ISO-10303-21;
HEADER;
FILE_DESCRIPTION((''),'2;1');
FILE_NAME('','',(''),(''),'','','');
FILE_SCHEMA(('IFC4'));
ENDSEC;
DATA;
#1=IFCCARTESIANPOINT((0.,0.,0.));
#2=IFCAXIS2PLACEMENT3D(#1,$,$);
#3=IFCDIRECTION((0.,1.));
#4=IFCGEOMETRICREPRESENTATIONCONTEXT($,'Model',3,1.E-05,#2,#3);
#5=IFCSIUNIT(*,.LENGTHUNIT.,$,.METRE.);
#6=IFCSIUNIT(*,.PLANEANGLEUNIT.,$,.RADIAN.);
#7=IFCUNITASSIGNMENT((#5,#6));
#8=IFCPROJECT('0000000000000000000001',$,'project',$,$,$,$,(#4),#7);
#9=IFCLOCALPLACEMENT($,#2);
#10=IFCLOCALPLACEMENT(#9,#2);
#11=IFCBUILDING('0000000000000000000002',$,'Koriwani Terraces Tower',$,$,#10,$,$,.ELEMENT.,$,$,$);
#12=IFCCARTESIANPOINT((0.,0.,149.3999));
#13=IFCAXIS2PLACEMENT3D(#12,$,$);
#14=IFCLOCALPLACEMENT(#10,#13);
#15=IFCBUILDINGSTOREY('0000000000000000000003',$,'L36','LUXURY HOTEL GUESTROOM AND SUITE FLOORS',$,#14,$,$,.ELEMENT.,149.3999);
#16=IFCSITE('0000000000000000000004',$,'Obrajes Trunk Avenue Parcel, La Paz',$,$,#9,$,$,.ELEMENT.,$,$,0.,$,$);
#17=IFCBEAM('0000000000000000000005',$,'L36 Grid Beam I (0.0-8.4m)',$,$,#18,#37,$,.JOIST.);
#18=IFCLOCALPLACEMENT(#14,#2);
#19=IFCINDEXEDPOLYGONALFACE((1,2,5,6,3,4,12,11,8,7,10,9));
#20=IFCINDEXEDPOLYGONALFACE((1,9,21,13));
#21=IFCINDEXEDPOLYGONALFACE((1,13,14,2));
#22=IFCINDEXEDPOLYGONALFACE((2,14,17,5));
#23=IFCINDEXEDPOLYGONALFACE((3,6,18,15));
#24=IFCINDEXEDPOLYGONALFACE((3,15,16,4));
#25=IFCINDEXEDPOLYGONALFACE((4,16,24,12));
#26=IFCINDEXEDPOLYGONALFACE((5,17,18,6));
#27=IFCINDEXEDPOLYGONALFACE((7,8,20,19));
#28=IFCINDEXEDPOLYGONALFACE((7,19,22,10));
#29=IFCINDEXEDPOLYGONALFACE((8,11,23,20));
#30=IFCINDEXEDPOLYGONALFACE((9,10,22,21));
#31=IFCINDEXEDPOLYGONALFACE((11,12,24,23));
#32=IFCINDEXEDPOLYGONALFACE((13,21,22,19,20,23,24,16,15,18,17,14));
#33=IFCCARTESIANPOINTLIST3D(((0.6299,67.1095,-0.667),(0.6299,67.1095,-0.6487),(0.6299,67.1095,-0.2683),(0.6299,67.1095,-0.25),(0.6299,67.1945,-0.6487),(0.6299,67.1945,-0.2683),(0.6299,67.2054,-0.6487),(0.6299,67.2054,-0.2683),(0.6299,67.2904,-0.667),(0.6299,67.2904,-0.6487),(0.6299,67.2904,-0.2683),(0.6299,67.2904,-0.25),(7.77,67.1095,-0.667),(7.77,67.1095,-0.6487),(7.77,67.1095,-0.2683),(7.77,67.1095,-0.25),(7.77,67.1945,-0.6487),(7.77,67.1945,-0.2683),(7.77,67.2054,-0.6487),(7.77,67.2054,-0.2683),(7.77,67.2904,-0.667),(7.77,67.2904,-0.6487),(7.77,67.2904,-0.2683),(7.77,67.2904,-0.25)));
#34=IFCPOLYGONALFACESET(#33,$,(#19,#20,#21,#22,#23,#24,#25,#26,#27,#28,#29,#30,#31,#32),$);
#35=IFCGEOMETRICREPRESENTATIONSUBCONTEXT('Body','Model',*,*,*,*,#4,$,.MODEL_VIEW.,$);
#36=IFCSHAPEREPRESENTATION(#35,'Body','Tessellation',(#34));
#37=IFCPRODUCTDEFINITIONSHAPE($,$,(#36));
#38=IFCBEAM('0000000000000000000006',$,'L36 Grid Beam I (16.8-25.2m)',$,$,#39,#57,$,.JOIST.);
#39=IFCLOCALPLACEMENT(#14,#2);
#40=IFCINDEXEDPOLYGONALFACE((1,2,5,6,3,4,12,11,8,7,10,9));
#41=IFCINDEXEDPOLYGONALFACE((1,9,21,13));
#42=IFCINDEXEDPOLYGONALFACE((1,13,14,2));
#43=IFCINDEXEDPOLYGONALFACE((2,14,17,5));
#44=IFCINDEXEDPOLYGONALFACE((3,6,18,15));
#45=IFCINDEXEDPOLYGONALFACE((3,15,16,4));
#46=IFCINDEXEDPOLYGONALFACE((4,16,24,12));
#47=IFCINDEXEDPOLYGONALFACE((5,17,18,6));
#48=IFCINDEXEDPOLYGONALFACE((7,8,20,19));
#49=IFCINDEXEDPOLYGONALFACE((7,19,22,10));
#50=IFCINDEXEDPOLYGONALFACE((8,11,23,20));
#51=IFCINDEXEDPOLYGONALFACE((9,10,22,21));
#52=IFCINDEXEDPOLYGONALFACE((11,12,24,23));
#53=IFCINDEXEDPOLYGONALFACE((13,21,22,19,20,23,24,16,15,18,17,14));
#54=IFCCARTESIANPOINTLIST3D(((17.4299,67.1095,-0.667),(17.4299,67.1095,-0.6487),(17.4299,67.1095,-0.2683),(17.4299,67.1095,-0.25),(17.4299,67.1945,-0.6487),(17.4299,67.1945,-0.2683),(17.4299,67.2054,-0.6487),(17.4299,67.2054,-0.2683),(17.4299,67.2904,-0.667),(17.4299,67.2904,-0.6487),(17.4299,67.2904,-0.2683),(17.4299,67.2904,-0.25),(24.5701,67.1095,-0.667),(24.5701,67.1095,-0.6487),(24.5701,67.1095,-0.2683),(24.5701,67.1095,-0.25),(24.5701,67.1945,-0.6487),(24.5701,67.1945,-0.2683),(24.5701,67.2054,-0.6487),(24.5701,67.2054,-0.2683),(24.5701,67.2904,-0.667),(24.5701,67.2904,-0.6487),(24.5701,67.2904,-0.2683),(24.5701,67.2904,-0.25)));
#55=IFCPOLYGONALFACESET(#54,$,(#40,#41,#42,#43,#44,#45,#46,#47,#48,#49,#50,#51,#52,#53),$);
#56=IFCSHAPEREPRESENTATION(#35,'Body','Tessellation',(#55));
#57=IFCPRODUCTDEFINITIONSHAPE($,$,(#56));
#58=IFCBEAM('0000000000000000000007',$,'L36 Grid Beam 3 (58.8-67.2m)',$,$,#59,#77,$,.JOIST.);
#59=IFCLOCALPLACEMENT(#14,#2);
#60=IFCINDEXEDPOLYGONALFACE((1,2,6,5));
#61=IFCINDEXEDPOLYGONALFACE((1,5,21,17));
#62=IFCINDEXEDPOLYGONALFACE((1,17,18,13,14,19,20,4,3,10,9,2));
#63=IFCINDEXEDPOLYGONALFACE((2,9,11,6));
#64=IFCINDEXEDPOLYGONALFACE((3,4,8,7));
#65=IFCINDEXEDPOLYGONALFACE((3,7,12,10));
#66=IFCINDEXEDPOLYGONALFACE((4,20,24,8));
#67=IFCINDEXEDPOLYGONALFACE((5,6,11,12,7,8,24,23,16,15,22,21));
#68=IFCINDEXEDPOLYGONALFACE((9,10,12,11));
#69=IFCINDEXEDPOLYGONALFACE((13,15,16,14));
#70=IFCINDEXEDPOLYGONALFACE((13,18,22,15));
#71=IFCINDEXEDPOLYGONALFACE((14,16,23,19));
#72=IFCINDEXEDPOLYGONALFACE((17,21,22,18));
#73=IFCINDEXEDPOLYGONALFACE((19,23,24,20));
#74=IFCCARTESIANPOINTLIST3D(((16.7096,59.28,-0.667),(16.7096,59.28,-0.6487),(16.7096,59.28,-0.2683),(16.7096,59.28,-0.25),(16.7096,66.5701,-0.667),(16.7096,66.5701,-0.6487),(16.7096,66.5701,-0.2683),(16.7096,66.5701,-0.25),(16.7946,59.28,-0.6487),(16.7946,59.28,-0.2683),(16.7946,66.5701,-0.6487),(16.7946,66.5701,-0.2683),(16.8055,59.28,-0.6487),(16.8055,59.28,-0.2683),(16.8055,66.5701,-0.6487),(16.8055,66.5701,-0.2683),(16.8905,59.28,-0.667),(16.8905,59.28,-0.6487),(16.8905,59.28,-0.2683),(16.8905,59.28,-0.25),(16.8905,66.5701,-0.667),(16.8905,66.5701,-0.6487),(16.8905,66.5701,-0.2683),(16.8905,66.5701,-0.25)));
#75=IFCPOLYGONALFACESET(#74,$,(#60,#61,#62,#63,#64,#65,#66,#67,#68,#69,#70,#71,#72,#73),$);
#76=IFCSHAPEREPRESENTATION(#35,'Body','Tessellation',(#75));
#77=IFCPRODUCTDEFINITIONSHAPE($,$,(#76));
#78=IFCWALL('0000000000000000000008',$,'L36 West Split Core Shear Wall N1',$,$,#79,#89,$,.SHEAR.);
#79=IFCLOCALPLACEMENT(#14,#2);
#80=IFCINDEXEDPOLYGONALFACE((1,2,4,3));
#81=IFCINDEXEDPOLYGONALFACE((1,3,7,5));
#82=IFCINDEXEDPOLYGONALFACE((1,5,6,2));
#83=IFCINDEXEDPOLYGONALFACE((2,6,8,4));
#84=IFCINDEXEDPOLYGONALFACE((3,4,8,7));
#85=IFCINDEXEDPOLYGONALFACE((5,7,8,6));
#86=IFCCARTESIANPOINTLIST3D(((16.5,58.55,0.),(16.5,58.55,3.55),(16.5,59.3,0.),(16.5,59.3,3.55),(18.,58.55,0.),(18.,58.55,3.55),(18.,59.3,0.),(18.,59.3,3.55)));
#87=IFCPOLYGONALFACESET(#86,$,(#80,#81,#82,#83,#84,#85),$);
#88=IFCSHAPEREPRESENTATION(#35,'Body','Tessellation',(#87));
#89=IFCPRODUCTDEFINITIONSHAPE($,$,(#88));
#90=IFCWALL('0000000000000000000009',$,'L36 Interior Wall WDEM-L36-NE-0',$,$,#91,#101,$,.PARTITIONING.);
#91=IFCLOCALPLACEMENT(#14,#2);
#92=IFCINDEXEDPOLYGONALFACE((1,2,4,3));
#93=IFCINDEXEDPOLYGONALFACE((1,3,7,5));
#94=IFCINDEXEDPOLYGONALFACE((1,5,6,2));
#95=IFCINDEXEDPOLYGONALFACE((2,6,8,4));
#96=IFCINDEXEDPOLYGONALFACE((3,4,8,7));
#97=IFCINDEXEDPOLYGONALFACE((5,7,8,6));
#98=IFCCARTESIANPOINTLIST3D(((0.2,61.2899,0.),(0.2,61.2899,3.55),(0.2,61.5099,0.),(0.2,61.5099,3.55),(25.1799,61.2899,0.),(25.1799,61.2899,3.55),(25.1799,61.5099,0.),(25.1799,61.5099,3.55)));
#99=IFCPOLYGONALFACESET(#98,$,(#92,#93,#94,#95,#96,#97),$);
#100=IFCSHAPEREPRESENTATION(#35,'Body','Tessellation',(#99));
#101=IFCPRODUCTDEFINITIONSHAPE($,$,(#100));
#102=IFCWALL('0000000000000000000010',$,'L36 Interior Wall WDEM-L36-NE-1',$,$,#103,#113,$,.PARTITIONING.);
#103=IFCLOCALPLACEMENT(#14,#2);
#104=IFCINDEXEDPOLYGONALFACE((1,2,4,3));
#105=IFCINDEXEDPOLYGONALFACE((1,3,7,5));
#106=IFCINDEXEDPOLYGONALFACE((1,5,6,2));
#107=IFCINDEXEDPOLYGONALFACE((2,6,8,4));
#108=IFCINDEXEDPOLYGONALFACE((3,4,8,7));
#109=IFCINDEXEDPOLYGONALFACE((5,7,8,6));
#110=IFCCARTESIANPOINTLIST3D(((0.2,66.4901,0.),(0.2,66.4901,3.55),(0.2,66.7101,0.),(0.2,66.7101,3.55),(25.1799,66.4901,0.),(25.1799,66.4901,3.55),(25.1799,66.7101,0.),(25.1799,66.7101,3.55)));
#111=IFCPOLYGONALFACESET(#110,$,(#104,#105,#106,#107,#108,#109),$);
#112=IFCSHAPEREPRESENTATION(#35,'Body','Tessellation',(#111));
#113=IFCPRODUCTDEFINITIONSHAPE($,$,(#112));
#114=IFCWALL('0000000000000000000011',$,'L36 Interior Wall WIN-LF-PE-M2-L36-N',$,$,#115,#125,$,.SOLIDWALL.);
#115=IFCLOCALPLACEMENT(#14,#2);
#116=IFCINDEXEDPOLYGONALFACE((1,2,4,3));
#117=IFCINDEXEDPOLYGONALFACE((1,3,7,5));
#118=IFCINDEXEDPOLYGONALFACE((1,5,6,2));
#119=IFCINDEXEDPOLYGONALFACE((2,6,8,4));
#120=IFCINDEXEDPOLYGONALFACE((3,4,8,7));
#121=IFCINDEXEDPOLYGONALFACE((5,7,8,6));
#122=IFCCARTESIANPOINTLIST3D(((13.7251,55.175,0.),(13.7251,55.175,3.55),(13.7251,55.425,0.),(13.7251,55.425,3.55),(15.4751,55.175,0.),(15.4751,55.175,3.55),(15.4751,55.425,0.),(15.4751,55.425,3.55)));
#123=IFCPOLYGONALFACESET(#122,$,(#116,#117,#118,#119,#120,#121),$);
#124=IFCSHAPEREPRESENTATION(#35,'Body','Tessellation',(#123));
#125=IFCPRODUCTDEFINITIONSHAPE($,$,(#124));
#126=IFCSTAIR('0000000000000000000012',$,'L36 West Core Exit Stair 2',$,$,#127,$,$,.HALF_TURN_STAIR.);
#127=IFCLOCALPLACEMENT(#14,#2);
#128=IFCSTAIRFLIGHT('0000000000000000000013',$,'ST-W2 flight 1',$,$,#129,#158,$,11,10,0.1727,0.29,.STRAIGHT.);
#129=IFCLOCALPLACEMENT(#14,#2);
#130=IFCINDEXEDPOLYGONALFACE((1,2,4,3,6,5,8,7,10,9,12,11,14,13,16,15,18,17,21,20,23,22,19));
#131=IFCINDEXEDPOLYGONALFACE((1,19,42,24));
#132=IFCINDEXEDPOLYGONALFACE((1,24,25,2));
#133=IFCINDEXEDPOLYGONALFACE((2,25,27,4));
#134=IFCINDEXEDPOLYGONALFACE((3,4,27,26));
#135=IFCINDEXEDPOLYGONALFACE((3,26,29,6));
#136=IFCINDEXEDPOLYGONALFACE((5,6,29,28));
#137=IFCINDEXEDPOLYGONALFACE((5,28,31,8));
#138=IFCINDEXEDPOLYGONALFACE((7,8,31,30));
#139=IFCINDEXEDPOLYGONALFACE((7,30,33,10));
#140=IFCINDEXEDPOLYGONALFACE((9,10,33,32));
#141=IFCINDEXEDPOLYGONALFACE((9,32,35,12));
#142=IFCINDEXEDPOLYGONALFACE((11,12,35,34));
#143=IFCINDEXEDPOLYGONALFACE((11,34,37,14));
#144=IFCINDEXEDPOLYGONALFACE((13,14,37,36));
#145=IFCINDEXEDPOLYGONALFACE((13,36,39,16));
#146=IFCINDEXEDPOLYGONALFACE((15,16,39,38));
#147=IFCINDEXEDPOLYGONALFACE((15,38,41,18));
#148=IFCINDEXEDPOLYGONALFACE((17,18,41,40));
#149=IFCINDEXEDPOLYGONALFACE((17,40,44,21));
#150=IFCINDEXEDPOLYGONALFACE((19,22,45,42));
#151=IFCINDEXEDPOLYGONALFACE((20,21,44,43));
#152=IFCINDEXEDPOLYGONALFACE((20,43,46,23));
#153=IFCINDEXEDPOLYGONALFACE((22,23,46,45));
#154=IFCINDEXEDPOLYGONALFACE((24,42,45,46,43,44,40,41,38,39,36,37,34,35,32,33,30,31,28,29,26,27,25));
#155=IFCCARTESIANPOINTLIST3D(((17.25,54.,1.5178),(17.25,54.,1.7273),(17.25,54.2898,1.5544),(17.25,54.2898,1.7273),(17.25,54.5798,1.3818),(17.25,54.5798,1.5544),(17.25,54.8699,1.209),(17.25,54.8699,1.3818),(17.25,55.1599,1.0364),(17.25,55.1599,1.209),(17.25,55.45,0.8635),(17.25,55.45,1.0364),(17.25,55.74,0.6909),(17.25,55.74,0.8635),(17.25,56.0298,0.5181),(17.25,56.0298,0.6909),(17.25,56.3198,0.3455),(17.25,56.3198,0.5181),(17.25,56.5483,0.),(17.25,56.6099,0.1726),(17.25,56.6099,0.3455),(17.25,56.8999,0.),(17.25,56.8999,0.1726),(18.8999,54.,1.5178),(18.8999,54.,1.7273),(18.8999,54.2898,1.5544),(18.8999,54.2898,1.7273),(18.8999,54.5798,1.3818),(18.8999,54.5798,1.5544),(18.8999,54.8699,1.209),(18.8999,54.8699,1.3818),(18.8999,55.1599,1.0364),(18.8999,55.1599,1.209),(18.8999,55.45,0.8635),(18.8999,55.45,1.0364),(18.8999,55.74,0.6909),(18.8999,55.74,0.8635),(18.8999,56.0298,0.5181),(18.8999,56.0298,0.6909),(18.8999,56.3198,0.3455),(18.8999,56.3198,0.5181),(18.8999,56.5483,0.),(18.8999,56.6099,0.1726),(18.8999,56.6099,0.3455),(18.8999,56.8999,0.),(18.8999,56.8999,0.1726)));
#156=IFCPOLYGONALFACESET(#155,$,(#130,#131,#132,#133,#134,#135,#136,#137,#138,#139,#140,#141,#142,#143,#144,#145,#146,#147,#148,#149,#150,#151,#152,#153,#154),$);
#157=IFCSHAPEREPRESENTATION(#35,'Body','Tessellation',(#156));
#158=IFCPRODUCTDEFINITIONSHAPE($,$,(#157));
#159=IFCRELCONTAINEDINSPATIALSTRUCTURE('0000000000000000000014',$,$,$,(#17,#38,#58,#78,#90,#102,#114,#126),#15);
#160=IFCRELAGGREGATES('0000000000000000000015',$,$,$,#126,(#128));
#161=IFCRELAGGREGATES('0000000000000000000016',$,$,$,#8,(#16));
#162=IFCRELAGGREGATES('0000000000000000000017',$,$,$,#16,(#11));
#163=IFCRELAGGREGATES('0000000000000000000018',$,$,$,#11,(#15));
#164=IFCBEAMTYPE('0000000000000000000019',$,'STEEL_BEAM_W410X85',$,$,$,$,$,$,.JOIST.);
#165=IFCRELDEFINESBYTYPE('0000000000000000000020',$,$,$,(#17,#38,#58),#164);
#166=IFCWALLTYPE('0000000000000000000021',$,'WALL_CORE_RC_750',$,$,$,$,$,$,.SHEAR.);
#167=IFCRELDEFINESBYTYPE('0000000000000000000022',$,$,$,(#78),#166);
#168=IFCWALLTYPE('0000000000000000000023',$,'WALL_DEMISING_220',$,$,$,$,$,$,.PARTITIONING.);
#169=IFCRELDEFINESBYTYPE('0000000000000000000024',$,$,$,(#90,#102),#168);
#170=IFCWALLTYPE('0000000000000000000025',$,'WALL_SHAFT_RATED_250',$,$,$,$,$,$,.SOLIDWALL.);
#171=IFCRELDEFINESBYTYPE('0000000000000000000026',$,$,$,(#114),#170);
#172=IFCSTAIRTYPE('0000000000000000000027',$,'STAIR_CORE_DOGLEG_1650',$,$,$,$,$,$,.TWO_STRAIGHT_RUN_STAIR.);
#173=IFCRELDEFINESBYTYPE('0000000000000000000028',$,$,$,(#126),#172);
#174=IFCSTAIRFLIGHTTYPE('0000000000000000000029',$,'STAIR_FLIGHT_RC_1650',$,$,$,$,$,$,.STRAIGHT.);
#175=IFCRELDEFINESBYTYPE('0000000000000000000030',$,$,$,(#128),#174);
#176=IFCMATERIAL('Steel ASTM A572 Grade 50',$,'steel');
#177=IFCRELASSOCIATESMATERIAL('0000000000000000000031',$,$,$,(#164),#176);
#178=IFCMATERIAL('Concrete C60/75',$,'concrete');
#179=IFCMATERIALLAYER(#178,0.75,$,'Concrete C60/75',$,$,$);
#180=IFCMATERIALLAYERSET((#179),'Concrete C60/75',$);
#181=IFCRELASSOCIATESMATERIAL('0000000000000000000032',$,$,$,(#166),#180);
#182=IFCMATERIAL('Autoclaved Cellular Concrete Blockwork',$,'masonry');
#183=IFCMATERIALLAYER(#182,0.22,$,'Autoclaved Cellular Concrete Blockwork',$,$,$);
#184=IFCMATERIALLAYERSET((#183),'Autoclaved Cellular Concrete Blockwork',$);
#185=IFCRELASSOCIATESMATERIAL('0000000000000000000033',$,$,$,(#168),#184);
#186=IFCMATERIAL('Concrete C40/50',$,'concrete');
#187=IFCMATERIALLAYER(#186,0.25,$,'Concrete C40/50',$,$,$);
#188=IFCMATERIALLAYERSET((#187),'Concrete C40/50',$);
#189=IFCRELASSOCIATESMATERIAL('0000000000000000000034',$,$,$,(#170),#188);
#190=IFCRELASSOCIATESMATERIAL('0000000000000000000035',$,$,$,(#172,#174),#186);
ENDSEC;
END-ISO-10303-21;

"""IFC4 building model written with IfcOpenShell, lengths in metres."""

from ifc_helpers import new_model, si_unit, direction, frame, frame_2d, origin, origin_2d, place, context, subcontext, project, spatial, polyline, rectangle, i_section, outline, extrude, material, layer, layer_set, material_profile, profile_set, type_object, element, aggregate, save


model = new_model("IFC4")

# Units and contexts
model_context = context("Model", 3, precision=1e-05, world=origin(), true_north=direction((0.0, 1.0)))
body_context = subcontext(model_context, "Body", "Model", "MODEL_VIEW")
ifc_project = project(units=[si_unit("LENGTHUNIT", "METRE"), si_unit("PLANEANGLEUNIT", "RADIAN")], contexts=[model_context])

# Site, building, storey
site_placement = place(None, origin())
site = spatial("IfcSite", under=ifc_project, at=site_placement, Name="Obrajes Trunk Avenue Parcel, La Paz", CompositionType="ELEMENT", RefElevation=0.0)
building_placement = place(site_placement, origin())
building = spatial("IfcBuilding", under=site, at=building_placement, Name="Koriwani Terraces Tower", CompositionType="ELEMENT")
storey_placement = place(building_placement, frame((0.0, 0.0, 149.3999)))
storey = spatial("IfcBuildingStorey", under=building, at=storey_placement, Name="L36", Description="LUXURY HOTEL GUESTROOM AND SUITE FLOORS", CompositionType="ELEMENT", Elevation=149.3999)

# Shared definitions
ifc_material_1 = material(Name="Concrete C60/75", Category="concrete")

# Beams
ifc_material_2 = material(Name="Concrete C40/50", Category="concrete")
ifc_material_3 = material(Name="Steel ASTM A572 Grade 50", Category="steel")
ifc_material_profile_1 = material_profile(ifc_material_3, i_section(OverallWidth=0.1809, OverallDepth=0.417, WebThickness=0.011, FlangeThickness=0.0183, at=origin_2d()), Name="Steel ASTM A572 Grade 50", Category="LoadBearing")
ifc_profile_set_1 = profile_set([ifc_material_profile_1], Name="Steel ASTM A572 Grade 50")
beam_type_1 = type_object("IfcBeamType", Name="STEEL_BEAM_W410X85", PredefinedType="JOIST", material=ifc_profile_set_1)
for number, where, z_axis, x_axis, name in (
    (1, (0.6299, 67.2, -0.4585), (1.0, 0.0, 0.0), (0.0, 1.0, 0.0), "L36 Grid Beam I (0.0-8.4m)"),
    (2, (17.4299, 67.2, -0.4585), (1.0, 0.0, 0.0), (0.0, 1.0, 0.0), "L36 Grid Beam I (16.8-25.2m)"),
):
    element("IfcBeam", number, at=place(storey_placement, frame(where, z_axis=z_axis, x_axis=x_axis)), inside=storey, type_object=beam_type_1, Name=name, PredefinedType="JOIST", context=body_context, shape_type="SweptSolid", body=[
        extrude(i_section(OverallWidth=0.1809, OverallDepth=0.417, WebThickness=0.011, FlangeThickness=0.0183, at=origin_2d()), origin(), (0.0, 0.0, 1.0), 7.1401),
    ])
beam_1_placement = place(storey_placement, frame((16.8, 59.28, -0.4585), z_axis=(0.0, 1.0, 0.0), x_axis=(-1.0, 0.0, 0.0)))
element("IfcBeam", 3, at=beam_1_placement, inside=storey, type_object=beam_type_1, Name="L36 Grid Beam 3 (58.8-67.2m)", PredefinedType="JOIST", context=body_context, shape_type="SweptSolid", body=[
    extrude(i_section(OverallWidth=0.1809, OverallDepth=0.417, WebThickness=0.011, FlangeThickness=0.0183, at=origin_2d()), origin(), (0.0, 0.0, 1.0), 7.29),
])

# Walls
ifc_layer_1 = layer(ifc_material_1, 0.75, Name="Concrete C60/75")
ifc_layer_set_1 = layer_set([ifc_layer_1], Name="Concrete C60/75")
wall_type_1 = type_object("IfcWallType", Name="WALL_CORE_RC_750", PredefinedType="SHEAR", material=ifc_layer_set_1)
wall_1_placement = place(storey_placement, frame((16.5, 58.925, 0.0), z_axis=(0.0, 0.0, 1.0), x_axis=(1.0, 0.0, 0.0)))
element("IfcWall", 4, at=wall_1_placement, inside=storey, type_object=wall_type_1, Name="L36 West Split Core Shear Wall N1", PredefinedType="SHEAR", context=body_context, shape_type="SweptSolid", body=[
    extrude(rectangle(XDim=1.5, YDim=0.75, at=frame_2d((0.75, 0.0))), origin(), (0.0, 0.0, 1.0), 3.55),
])
ifc_material_4 = material(Name="Autoclaved Cellular Concrete Blockwork", Category="masonry")
ifc_layer_2 = layer(ifc_material_4, 0.22, Name="Autoclaved Cellular Concrete Blockwork")
ifc_layer_set_2 = layer_set([ifc_layer_2], Name="Autoclaved Cellular Concrete Blockwork")
wall_type_2 = type_object("IfcWallType", Name="WALL_DEMISING_220", PredefinedType="PARTITIONING", material=ifc_layer_set_2)
for number, where, z_axis, x_axis, name in (
    (5, (0.2, 61.3999, 0.0), (0.0, 0.0, 1.0), (1.0, 0.0, 0.0), "L36 Interior Wall WDEM-L36-NE-0"),
    (6, (0.2, 66.6001, 0.0), (0.0, 0.0, 1.0), (1.0, 0.0, 0.0), "L36 Interior Wall WDEM-L36-NE-1"),
):
    element("IfcWall", number, at=place(storey_placement, frame(where, z_axis=z_axis, x_axis=x_axis)), inside=storey, type_object=wall_type_2, Name=name, PredefinedType="PARTITIONING", context=body_context, shape_type="SweptSolid", body=[
        extrude(rectangle(XDim=24.98, YDim=0.22, at=frame_2d((12.49, 0.0))), origin(), (0.0, 0.0, 1.0), 3.55),
    ])

# Shared definitions
ifc_layer_3 = layer(ifc_material_2, 0.25, Name="Concrete C40/50")
ifc_layer_set_3 = layer_set([ifc_layer_3], Name="Concrete C40/50")
wall_type_3 = type_object("IfcWallType", Name="WALL_SHAFT_RATED_250", PredefinedType="SOLIDWALL", material=ifc_layer_set_3)

# Wall
wall_2_placement = place(storey_placement, frame((13.7251, 55.3, 0.0), z_axis=(0.0, 0.0, 1.0), x_axis=(1.0, 0.0, 0.0)))
element("IfcWall", 7, at=wall_2_placement, inside=storey, type_object=wall_type_3, Name="L36 Interior Wall WIN-LF-PE-M2-L36-N", PredefinedType="SOLIDWALL", context=body_context, shape_type="SweptSolid", body=[
    extrude(rectangle(XDim=1.75, YDim=0.25, at=frame_2d((0.875, 0.0))), origin(), (0.0, 0.0, 1.0), 3.55),
])

# Stair, stair flight
stair_type = type_object("IfcStairType", Name="STAIR_CORE_DOGLEG_1650", PredefinedType="TWO_STRAIGHT_RUN_STAIR", material=ifc_material_2)
stair_placement = place(storey_placement, origin())
stair = element("IfcStair", 8, at=stair_placement, inside=storey, type_object=stair_type, Name="L36 West Core Exit Stair 2", PredefinedType="HALF_TURN_STAIR")
stair_flight_type = type_object("IfcStairFlightType", Name="STAIR_FLIGHT_RC_1650", PredefinedType="STRAIGHT", material=ifc_material_2)
stair_flight_placement = place(storey_placement, frame((18.075, 56.8999, 0.0), z_axis=(0.0, 0.0, 1.0), x_axis=(0.0, -1.0, 0.0)))
stair_flight = element("IfcStairFlight", 9, at=stair_flight_placement, type_object=stair_flight_type, Name="ST-W2 flight 1", NumberOfRisers=11, NumberOfTreads=10, PredefinedType="STRAIGHT", RiserHeight=0.1727, TreadLength=0.29, context=body_context, shape_type="SweptSolid", body=[
    extrude(outline(polyline([(0.0, 0.0), (0.0, 0.1726), (0.29, 0.1726), (0.29, 0.3455), (0.5801, 0.3455), (0.5801, 0.5181), (0.8701, 0.5181), (0.8701, 0.6909), (1.1599, 0.6909), (1.1599, 0.8635), (1.45, 0.8635), (1.45, 1.0364), (1.74, 1.0364), (1.74, 1.209), (2.03, 1.209), (2.03, 1.3818), (2.3201, 1.3818), (2.3201, 1.5544), (2.6101, 1.5544), (2.6101, 1.7273), (2.8999, 1.7273), (2.8999, 1.8999), (2.8999, 1.5178), (0.3516, 0.0), (0.0, 0.0)])), frame((0.0, 0.825, 0.0), z_axis=(0.0, -1.0, 0.0), x_axis=(1.0, 0.0, 0.0)), (0.0, 0.0, 1.0), 1.6499),
])
aggregate(stair, [stair_flight])

save(model, "model.ifc")
